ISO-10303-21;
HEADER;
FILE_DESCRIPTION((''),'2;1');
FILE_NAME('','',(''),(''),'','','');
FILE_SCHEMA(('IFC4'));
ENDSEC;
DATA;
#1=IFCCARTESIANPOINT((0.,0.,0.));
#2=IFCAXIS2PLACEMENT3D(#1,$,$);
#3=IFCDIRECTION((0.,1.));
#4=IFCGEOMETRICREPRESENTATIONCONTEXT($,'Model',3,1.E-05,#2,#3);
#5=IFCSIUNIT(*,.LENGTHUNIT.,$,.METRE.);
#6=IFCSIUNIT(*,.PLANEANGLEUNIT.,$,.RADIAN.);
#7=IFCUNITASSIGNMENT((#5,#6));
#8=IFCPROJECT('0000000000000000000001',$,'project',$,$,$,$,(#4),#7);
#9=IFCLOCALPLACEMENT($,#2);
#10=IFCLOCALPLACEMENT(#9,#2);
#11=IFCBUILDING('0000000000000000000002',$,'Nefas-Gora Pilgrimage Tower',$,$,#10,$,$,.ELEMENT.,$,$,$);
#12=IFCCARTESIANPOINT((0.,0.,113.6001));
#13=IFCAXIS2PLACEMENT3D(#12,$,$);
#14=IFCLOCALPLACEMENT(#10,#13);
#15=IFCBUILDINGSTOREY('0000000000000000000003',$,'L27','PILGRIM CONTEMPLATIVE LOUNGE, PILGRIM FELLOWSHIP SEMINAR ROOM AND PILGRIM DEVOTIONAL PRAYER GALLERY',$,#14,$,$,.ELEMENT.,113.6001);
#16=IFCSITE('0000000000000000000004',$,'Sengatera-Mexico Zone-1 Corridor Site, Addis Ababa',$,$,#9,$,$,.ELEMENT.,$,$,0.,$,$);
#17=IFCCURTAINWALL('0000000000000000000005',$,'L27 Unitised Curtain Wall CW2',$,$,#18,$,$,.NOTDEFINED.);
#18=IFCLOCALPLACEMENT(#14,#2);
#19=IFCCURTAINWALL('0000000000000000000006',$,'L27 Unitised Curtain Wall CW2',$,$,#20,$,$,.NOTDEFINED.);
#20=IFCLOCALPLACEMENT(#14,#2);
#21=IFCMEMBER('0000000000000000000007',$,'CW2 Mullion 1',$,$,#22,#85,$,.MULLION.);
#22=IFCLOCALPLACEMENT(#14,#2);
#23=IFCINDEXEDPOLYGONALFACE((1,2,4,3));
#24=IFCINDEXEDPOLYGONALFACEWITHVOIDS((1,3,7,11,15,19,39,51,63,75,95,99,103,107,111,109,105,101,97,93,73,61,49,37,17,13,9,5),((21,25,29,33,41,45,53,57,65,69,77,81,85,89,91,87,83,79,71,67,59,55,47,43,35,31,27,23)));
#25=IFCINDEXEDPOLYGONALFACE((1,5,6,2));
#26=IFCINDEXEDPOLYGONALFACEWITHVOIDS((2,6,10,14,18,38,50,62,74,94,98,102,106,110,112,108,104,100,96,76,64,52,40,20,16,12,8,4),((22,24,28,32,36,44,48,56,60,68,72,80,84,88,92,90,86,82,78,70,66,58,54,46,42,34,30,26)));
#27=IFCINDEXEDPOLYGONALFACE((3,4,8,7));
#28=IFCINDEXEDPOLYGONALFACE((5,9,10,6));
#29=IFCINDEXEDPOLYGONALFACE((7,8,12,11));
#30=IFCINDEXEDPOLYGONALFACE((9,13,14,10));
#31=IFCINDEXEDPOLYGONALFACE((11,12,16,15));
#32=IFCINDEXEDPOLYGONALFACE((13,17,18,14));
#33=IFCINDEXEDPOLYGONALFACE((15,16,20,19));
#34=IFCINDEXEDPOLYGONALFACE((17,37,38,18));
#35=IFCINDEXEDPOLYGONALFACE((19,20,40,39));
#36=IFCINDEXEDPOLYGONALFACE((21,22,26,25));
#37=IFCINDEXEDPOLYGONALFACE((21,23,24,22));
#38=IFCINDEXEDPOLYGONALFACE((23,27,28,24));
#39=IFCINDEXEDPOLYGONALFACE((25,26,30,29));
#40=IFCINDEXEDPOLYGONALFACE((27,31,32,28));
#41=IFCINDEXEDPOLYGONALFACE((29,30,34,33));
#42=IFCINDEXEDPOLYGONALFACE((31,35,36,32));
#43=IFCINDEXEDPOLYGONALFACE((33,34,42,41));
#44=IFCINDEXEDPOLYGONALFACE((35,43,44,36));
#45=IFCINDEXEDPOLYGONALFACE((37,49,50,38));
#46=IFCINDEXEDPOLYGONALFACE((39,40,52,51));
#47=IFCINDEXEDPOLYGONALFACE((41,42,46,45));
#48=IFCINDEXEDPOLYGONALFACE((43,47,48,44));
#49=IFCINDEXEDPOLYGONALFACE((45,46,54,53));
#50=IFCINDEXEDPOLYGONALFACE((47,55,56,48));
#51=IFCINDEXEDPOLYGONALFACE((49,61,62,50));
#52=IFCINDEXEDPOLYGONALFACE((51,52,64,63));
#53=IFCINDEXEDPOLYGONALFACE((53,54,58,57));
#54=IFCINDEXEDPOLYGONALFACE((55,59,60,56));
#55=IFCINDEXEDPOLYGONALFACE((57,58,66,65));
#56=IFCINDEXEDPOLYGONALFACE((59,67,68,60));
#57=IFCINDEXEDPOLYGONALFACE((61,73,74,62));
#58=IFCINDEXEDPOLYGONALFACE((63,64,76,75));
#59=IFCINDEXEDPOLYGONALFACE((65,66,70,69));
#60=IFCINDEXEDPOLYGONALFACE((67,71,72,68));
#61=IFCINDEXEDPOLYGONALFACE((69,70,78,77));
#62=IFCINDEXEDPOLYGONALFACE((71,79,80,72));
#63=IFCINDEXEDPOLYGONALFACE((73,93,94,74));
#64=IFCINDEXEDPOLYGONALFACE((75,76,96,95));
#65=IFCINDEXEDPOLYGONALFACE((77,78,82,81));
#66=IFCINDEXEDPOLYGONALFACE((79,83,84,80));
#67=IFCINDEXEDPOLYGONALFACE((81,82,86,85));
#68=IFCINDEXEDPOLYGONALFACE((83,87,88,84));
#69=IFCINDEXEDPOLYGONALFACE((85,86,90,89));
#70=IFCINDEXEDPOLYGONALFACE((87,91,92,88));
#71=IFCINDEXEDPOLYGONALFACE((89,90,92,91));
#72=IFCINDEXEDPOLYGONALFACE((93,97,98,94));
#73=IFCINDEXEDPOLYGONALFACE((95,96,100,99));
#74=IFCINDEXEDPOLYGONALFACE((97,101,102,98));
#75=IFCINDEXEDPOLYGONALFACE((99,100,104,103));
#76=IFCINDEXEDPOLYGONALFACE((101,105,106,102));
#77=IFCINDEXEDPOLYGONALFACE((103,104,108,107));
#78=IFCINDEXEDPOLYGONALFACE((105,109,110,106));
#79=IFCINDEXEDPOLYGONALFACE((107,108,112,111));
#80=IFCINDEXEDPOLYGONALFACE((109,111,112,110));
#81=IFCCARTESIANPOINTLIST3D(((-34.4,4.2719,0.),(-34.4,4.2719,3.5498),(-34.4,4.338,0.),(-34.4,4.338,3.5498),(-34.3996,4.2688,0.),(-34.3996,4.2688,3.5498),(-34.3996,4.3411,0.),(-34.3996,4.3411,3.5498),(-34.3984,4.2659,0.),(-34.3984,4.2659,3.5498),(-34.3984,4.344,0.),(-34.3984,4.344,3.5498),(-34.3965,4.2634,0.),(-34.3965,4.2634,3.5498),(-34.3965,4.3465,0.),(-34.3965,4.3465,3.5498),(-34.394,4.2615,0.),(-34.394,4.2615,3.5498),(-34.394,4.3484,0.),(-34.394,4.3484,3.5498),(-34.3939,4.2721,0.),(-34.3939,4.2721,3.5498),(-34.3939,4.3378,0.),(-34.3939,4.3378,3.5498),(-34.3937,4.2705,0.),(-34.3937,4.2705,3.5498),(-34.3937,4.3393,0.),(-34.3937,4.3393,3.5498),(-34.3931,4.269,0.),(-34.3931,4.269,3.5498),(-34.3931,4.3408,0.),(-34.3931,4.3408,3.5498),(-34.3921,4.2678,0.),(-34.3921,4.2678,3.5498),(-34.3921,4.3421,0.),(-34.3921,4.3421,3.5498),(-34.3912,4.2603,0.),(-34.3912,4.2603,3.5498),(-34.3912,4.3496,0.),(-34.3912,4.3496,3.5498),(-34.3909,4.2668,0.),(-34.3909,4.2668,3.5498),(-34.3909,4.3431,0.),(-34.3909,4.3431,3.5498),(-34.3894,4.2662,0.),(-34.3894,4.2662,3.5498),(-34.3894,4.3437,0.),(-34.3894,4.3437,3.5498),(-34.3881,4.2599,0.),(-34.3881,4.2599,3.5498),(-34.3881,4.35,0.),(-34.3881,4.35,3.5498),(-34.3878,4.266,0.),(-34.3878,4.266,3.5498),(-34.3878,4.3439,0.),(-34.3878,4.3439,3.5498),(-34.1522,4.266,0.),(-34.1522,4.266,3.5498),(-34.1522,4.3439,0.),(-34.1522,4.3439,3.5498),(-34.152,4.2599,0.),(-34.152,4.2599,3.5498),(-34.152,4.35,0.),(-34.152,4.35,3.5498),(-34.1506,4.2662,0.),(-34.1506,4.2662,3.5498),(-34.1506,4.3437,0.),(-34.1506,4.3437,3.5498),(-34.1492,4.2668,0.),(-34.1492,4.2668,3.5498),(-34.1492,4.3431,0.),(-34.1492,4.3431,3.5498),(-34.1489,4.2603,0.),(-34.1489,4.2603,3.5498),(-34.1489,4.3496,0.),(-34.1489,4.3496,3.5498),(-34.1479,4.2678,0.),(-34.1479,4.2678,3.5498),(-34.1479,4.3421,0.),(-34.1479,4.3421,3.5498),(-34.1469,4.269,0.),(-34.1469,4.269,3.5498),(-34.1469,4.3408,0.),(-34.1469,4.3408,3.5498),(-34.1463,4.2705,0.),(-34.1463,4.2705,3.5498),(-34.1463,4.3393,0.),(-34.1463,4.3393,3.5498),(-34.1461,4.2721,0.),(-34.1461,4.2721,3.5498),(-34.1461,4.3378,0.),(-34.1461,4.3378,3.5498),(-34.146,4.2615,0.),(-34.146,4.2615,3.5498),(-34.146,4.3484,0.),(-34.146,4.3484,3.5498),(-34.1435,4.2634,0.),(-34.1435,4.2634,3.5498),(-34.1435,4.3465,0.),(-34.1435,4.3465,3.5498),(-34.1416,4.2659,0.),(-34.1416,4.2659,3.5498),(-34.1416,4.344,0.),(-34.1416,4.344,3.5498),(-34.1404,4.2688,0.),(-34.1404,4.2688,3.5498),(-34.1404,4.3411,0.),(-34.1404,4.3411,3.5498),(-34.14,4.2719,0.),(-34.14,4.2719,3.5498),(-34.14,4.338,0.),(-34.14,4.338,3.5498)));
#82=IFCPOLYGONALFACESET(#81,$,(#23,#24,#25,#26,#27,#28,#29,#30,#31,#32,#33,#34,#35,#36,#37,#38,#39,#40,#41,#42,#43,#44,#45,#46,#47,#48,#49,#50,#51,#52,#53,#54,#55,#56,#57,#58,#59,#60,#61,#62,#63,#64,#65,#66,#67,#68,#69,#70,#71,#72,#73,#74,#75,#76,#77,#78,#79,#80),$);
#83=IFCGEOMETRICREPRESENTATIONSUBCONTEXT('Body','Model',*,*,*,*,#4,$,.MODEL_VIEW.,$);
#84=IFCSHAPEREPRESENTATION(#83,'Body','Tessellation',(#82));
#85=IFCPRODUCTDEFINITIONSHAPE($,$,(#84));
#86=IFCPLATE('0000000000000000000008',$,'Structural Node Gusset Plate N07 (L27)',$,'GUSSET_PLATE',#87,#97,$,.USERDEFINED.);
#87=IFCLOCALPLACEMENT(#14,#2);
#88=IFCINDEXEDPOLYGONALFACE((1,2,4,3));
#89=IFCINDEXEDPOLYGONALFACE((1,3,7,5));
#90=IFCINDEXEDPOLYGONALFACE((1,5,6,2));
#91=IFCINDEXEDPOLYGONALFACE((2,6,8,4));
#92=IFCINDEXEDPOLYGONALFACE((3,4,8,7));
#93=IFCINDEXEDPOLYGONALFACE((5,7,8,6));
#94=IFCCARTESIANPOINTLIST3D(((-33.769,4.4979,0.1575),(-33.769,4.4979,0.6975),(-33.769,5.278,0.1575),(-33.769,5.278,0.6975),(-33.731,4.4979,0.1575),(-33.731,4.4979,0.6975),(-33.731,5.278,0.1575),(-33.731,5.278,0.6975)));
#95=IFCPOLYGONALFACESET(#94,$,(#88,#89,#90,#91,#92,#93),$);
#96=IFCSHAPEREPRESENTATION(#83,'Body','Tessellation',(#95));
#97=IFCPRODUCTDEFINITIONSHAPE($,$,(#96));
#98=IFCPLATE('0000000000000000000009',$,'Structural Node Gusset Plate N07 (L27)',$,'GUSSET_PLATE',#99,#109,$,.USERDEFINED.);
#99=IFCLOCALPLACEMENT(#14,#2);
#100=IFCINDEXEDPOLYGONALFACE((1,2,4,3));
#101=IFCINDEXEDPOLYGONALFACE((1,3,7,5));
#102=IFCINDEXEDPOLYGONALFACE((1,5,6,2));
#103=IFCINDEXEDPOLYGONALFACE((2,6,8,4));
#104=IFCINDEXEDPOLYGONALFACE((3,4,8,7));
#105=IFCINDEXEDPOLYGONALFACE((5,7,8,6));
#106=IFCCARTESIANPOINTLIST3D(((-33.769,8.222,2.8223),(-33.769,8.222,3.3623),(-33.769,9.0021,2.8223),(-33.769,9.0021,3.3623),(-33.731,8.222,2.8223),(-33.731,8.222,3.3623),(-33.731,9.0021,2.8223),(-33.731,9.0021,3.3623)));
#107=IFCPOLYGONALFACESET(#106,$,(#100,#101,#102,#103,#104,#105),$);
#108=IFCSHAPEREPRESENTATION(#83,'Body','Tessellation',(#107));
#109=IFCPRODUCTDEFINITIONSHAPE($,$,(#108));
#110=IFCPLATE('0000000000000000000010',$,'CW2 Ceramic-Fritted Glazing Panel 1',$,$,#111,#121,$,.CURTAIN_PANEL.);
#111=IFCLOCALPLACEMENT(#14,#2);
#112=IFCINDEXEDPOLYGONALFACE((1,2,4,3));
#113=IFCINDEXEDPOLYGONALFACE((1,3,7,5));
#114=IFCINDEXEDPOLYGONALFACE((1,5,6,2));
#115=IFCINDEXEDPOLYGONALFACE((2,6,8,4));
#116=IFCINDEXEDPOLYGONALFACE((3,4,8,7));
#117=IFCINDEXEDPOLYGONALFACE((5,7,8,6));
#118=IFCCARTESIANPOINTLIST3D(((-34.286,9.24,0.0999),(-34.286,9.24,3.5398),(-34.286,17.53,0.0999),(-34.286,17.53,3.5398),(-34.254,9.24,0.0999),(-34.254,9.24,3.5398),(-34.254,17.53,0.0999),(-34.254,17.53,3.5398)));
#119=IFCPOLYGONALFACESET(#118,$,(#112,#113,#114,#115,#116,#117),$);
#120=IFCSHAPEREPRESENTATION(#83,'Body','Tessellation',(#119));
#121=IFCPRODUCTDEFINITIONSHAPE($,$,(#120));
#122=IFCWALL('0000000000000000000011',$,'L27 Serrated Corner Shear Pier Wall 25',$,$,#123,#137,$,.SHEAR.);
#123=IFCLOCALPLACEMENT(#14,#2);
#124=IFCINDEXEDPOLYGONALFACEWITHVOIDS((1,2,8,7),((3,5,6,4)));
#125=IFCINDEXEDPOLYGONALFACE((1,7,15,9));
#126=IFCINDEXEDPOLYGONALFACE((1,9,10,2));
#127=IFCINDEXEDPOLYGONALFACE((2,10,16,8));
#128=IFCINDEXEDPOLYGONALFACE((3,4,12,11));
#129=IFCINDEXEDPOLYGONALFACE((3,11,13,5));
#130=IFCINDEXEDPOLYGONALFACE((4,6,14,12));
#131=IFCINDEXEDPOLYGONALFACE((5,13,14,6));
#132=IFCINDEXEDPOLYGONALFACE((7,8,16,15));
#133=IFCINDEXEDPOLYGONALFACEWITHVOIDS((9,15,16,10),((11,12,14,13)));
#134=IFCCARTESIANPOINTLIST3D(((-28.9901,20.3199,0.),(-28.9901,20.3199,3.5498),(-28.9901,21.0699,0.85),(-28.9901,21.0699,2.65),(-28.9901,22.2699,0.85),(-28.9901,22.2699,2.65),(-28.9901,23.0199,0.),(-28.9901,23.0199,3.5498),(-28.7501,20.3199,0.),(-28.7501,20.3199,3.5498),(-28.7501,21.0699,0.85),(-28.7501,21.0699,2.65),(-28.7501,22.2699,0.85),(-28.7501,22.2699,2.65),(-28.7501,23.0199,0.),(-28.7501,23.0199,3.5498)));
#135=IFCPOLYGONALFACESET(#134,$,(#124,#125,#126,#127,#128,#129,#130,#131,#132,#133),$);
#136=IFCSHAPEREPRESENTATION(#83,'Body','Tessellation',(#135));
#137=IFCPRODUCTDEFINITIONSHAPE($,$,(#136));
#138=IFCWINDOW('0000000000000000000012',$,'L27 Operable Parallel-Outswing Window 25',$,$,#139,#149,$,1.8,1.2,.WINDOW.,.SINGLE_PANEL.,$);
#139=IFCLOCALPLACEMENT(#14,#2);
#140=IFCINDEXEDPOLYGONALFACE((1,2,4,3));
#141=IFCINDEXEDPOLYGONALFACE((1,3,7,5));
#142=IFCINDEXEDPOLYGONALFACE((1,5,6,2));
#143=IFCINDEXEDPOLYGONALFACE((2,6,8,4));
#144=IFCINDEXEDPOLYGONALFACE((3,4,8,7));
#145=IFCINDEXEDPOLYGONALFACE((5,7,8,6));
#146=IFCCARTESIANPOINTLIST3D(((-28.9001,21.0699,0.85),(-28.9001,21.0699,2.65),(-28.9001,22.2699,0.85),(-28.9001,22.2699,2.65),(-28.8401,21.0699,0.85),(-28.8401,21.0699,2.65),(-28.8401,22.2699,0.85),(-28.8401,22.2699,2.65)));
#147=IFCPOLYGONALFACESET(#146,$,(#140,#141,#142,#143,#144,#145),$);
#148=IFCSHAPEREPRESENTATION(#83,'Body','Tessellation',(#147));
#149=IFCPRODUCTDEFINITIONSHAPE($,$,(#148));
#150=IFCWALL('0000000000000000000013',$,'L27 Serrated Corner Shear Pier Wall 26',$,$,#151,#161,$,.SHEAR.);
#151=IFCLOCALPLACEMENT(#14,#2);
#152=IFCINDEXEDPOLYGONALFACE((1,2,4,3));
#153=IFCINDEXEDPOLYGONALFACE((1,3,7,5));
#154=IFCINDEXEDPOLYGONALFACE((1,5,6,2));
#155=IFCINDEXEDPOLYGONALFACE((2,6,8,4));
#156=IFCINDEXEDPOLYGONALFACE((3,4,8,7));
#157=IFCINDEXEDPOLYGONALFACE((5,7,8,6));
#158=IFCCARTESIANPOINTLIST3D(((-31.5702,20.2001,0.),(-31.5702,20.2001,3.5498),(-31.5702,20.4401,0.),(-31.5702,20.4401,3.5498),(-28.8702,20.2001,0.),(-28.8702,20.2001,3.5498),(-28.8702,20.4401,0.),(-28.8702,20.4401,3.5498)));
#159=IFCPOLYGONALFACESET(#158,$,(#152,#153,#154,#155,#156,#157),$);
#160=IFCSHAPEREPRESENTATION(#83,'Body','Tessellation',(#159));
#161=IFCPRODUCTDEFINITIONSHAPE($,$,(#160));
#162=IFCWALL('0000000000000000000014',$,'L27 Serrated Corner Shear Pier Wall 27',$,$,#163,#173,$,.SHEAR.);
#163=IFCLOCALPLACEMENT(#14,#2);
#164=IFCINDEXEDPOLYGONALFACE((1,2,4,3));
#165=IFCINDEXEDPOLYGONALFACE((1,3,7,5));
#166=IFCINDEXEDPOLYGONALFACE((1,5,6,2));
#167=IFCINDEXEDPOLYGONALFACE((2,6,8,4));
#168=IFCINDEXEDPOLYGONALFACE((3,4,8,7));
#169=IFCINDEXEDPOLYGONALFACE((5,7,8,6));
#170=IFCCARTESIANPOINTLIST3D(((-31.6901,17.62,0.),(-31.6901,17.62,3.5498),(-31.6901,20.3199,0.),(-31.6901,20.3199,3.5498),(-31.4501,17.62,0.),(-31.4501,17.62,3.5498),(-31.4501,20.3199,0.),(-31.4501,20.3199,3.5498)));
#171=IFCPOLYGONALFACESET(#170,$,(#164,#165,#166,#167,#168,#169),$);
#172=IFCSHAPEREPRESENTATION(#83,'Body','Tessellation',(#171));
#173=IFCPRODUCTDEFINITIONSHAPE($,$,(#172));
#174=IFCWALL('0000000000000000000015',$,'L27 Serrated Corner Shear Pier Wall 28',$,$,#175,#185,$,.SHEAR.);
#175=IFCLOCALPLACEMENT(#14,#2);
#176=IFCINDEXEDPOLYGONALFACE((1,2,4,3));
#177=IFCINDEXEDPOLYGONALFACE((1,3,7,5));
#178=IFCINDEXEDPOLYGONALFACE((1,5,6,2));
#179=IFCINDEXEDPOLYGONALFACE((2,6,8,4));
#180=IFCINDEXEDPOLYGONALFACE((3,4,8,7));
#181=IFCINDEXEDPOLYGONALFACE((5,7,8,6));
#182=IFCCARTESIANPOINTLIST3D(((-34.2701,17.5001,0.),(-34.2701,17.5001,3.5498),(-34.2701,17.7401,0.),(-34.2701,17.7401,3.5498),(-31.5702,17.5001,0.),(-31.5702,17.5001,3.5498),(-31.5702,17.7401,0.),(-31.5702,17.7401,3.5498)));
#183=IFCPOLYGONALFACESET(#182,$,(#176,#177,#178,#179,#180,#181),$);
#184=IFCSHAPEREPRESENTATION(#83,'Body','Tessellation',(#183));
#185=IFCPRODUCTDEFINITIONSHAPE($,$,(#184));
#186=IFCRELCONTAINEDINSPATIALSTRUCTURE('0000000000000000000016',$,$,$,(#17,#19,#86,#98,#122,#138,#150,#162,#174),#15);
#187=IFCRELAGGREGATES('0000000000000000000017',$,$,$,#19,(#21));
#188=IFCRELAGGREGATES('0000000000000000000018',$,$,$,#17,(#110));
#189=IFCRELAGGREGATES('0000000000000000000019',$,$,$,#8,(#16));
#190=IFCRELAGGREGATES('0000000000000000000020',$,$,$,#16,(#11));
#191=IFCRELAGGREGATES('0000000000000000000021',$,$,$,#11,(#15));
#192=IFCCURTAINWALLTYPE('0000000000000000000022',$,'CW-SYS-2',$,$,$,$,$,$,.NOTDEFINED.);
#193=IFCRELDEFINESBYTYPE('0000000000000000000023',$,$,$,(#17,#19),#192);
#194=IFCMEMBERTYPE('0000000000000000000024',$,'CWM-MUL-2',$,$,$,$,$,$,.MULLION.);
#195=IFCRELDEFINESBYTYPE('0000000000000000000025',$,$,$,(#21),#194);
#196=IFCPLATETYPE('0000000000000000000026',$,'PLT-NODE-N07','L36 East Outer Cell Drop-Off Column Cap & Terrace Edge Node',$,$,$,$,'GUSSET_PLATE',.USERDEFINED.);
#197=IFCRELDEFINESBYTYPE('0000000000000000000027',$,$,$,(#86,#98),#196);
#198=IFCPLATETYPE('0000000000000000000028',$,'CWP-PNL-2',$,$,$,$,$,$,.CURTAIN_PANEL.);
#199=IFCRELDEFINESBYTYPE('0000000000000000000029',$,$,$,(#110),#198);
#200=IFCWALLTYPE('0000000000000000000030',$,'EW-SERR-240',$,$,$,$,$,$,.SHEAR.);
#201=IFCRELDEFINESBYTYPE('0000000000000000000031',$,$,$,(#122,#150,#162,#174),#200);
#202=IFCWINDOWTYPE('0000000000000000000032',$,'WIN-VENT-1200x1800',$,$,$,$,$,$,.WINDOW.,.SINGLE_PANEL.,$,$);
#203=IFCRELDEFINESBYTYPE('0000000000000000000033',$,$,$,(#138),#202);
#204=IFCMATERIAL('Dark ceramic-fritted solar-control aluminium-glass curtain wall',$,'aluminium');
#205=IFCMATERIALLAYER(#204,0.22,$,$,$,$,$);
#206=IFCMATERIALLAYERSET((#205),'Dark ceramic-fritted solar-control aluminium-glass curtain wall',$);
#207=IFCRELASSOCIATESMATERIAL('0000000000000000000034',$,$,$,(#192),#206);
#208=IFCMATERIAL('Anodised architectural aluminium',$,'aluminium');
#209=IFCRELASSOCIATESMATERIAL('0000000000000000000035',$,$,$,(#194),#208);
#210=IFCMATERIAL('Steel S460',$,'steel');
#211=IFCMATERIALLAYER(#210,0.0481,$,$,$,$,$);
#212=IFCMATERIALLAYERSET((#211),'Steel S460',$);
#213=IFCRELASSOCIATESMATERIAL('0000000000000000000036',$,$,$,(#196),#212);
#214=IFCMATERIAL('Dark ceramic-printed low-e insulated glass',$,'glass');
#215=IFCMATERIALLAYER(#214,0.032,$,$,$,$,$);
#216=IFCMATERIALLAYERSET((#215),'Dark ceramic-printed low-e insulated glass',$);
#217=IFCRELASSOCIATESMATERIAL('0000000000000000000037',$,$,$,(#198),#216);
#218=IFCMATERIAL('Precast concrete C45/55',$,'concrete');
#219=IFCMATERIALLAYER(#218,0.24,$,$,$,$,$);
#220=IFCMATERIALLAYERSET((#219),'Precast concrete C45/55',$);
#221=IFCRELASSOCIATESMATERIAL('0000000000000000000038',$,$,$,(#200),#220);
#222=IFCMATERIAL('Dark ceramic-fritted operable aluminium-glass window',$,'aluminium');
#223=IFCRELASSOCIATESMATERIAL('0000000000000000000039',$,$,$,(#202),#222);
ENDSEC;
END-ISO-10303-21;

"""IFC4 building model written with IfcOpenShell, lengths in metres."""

from ifc_helpers import new_model, si_unit, direction, frame, frame_2d, origin, origin_2d, place, context, subcontext, project, spatial, rectangle, hollow_rectangle, extrude, source, transform, mapped, material, layer, layer_set, material_profile, profile_set, type_object, element, fill, aggregate, save


model = new_model("IFC4")

# Units and contexts
model_context = context("Model", 3, precision=1e-05, world=origin(), true_north=direction((0.0, 1.0)))
body_context = subcontext(model_context, "Body", "Model", "MODEL_VIEW")
ifc_project = project(units=[si_unit("LENGTHUNIT", "METRE"), si_unit("PLANEANGLEUNIT", "RADIAN")], contexts=[model_context])

# Site, building, storey
site_placement = place(None, origin())
site = spatial("IfcSite", under=ifc_project, at=site_placement, Name="Sengatera-Mexico Zone-1 Corridor Site, Addis Ababa", CompositionType="ELEMENT", RefElevation=0.0)
building_placement = place(site_placement, origin())
building = spatial("IfcBuilding", under=site, at=building_placement, Name="Nefas-Gora Pilgrimage Tower", CompositionType="ELEMENT")
storey_placement = place(building_placement, frame((0.0, 0.0, 113.6001)))
storey = spatial("IfcBuildingStorey", under=building, at=storey_placement, Name="L27", Description="PILGRIM CONTEMPLATIVE LOUNGE, PILGRIM FELLOWSHIP SEMINAR ROOM AND PILGRIM DEVOTIONAL PRAYER GALLERY", CompositionType="ELEMENT", Elevation=113.6001)

# Shared definitions
ifc_material_1 = material(Name="Steel S460", Category="steel")

# Curtain walls
ifc_material_2 = material(Name="Dark ceramic-fritted solar-control aluminium-glass curtain wall", Category="aluminium")
ifc_layer_1 = layer(ifc_material_2, 0.22)
ifc_layer_set_1 = layer_set([ifc_layer_1], Name="Dark ceramic-fritted solar-control aluminium-glass curtain wall")
curtain_wall_type = type_object("IfcCurtainWallType", Name="CW-SYS-2", PredefinedType="NOTDEFINED", material=ifc_layer_set_1)
curtain_wall_1_placement = place(storey_placement, origin())
curtain_wall_1 = element("IfcCurtainWall", 1, at=curtain_wall_1_placement, inside=storey, type_object=curtain_wall_type, Name="L27 Unitised Curtain Wall CW2", PredefinedType="NOTDEFINED")
ifc_material_3 = material(Name="Anodised architectural aluminium", Category="aluminium")
curtain_wall_2_placement = place(storey_placement, origin())
curtain_wall_2 = element("IfcCurtainWall", 2, at=curtain_wall_2_placement, inside=storey, type_object=curtain_wall_type, Name="L27 Unitised Curtain Wall CW2", PredefinedType="NOTDEFINED")
ifc_material_profile_1 = material_profile(ifc_material_3, hollow_rectangle(XDim=0.0901, YDim=0.26, WallThickness=0.0061, InnerFilletRadius=0.0061, OuterFilletRadius=0.012, at=origin_2d()), Name="ALU MULLION 90x260")
ifc_profile_set_1 = profile_set([ifc_material_profile_1], Name="Anodised architectural aluminium")
member_type_1 = type_object("IfcMemberType", Name="CWM-MUL-2", PredefinedType="MULLION", material=ifc_profile_set_1)
shared_shape_1 = source(origin(), body_context, "Body", "SweptSolid", [
    extrude(hollow_rectangle(XDim=0.0901, YDim=0.26, WallThickness=0.0061, InnerFilletRadius=0.0061, OuterFilletRadius=0.012, at=origin_2d()), origin(), (0.0, 0.0, 1.0), 3.5498),
])

# Member
member_1_placement = place(storey_placement, frame((-34.27, 4.3049, 0.0), z_axis=(0.0, 0.0, 1.0), x_axis=(0.0, -1.0, 0.0)))
member_1 = element("IfcMember", 3, at=member_1_placement, type_object=member_type_1, Name="CW2 Mullion 1", PredefinedType="MULLION", context=body_context, shape_type="MappedRepresentation", body=[
    mapped(shared_shape_1, transform((0.0, 0.0, 0.0), x_axis=(1.0, 0.0, 0.0), y_axis=(0.0, 1.0, 0.0), z_axis=(0.0, 0.0, 1.0), scale=1.0)),
])
aggregate(curtain_wall_2, [member_1])

# Plates
ifc_layer_2 = layer(ifc_material_1, 0.0481)
ifc_layer_set_2 = layer_set([ifc_layer_2], Name="Steel S460")
plate_type_1 = type_object("IfcPlateType", Name="PLT-NODE-N07", Description="L36 East Outer Cell Drop-Off Column Cap & Terrace Edge Node", ElementType="GUSSET_PLATE", PredefinedType="USERDEFINED", material=ifc_layer_set_2)
shared_shape_2 = source(origin(), body_context, "Body", "SweptSolid", [
    extrude(rectangle(XDim=0.78, YDim=0.0381, at=origin_2d()), origin(), (0.0, 0.0, 1.0), 0.54),
])
for number, where, z_axis, x_axis, name in (
    (4, (-33.75, 4.8879, 0.1575), (0.0, 0.0, 1.0), (0.0, 1.0, 0.0), "Structural Node Gusset Plate N07 (L27)"),
    (5, (-33.75, 8.6121, 2.8223), (0.0, 0.0, 1.0), (0.0, 1.0, 0.0), "Structural Node Gusset Plate N07 (L27)"),
):
    element("IfcPlate", number, at=place(storey_placement, frame(where, z_axis=z_axis, x_axis=x_axis)), inside=storey, type_object=plate_type_1, Name=name, ObjectType="GUSSET_PLATE", PredefinedType="USERDEFINED", context=body_context, shape_type="MappedRepresentation", body=[
        mapped(shared_shape_2, transform((0.0, 0.0, 0.0), x_axis=(1.0, 0.0, 0.0), y_axis=(0.0, 1.0, 0.0), z_axis=(0.0, 0.0, 1.0), scale=1.0)),
    ])

# Plate
ifc_material_4 = material(Name="Dark ceramic-printed low-e insulated glass", Category="glass")
ifc_layer_3 = layer(ifc_material_4, 0.032)
ifc_layer_set_3 = layer_set([ifc_layer_3], Name="Dark ceramic-printed low-e insulated glass")
plate_type_2 = type_object("IfcPlateType", Name="CWP-PNL-2", PredefinedType="CURTAIN_PANEL", material=ifc_layer_set_3)
shared_shape_3 = source(origin(), body_context, "Body", "SweptSolid", [
    extrude(rectangle(XDim=8.29, YDim=0.032, at=origin_2d()), origin(), (0.0, 0.0, 1.0), 3.4399),
])
plate_placement = place(storey_placement, frame((-34.27, 13.385, 0.0999), z_axis=(0.0, 0.0, 1.0), x_axis=(0.0, -1.0, 0.0)))
plate = element("IfcPlate", 6, at=plate_placement, type_object=plate_type_2, Name="CW2 Ceramic-Fritted Glazing Panel 1", PredefinedType="CURTAIN_PANEL", context=body_context, shape_type="MappedRepresentation", body=[
    mapped(shared_shape_3, transform((0.0, 0.0, 0.0), x_axis=(1.0, 0.0, 0.0), y_axis=(0.0, 1.0, 0.0), z_axis=(0.0, 0.0, 1.0), scale=1.0)),
])
aggregate(curtain_wall_1, [plate])

# Wall, opening, window
ifc_material_5 = material(Name="Precast concrete C45/55", Category="concrete")
ifc_layer_4 = layer(ifc_material_5, 0.24)
ifc_layer_set_4 = layer_set([ifc_layer_4], Name="Precast concrete C45/55")
wall_type_1 = type_object("IfcWallType", Name="EW-SERR-240", PredefinedType="SHEAR", material=ifc_layer_set_4)
shared_shape_4 = source(origin(), body_context, "Body", "SweptSolid", [
    extrude(rectangle(XDim=2.7, YDim=0.24, at=frame_2d((1.3501, 0.0))), origin(), (0.0, 0.0, 1.0), 3.5498),
])
wall_1_placement = place(storey_placement, frame((-28.8701, 23.02, 0.0), z_axis=(0.0, 0.0, 1.0), x_axis=(0.0, -1.0, 0.0)))
wall_1 = element("IfcWall", 7, at=wall_1_placement, inside=storey, type_object=wall_type_1, Name="L27 Serrated Corner Shear Pier Wall 25", PredefinedType="SHEAR", context=body_context, shape_type="MappedRepresentation", body=[
    mapped(shared_shape_4, transform((0.0, 0.0, 0.0), x_axis=(1.0, 0.0, 0.0), y_axis=(0.0, 1.0, 0.0), z_axis=(0.0, 0.0, 1.0), scale=1.0)),
])
opening_placement = place(wall_1_placement, frame((0.75, 0.0, 0.8501)))
opening = element("IfcOpeningElement", 8, at=opening_placement, cuts=wall_1, PredefinedType="OPENING", context=body_context, shape_type="SweptSolid", body=[
    extrude(rectangle(XDim=1.2, YDim=1.8, at=frame_2d((0.6001, 0.8999))), frame((0.0, 0.1299, 0.0), z_axis=(0.0, -1.0, 0.0), x_axis=(1.0, 0.0, 0.0)), (0.0, 0.0, 1.0), 0.26),
])
ifc_material_6 = material(Name="Dark ceramic-fritted operable aluminium-glass window", Category="aluminium")
window_type = type_object("IfcWindowType", Name="WIN-VENT-1200x1800", PartitioningType="SINGLE_PANEL", PredefinedType="WINDOW", material=ifc_material_6)
shared_shape_5 = source(origin(), body_context, "Body", "SweptSolid", [
    extrude(rectangle(XDim=1.2, YDim=1.8, at=frame_2d((0.6001, 0.8999))), frame((0.0, 0.03, 0.0), z_axis=(0.0, -1.0, 0.0), x_axis=(1.0, 0.0, 0.0)), (0.0, 0.0, 1.0), 0.0601),
])
window_placement = place(opening_placement, origin())
window = element("IfcWindow", 9, at=window_placement, inside=storey, type_object=window_type, Name="L27 Operable Parallel-Outswing Window 25", OverallHeight=1.8, OverallWidth=1.2, PartitioningType="SINGLE_PANEL", PredefinedType="WINDOW", context=body_context, shape_type="MappedRepresentation", body=[
    mapped(shared_shape_5, transform((0.0, 0.0, 0.0), x_axis=(1.0, 0.0, 0.0), y_axis=(0.0, 1.0, 0.0), z_axis=(0.0, 0.0, 1.0), scale=1.0)),
])
fill(opening, window)

# Walls
for number, where, z_axis, x_axis, name in (
    (10, (-28.8701, 20.3201, 0.0), (0.0, 0.0, 1.0), (-1.0, 0.0, 0.0), "L27 Serrated Corner Shear Pier Wall 26"),
    (11, (-31.5701, 20.3201, 0.0), (0.0, 0.0, 1.0), (0.0, -1.0, 0.0), "L27 Serrated Corner Shear Pier Wall 27"),
    (12, (-31.5701, 17.6201, 0.0), (0.0, 0.0, 1.0), (-1.0, 0.0, 0.0), "L27 Serrated Corner Shear Pier Wall 28"),
):
    element("IfcWall", number, at=place(storey_placement, frame(where, z_axis=z_axis, x_axis=x_axis)), inside=storey, type_object=wall_type_1, Name=name, PredefinedType="SHEAR", context=body_context, shape_type="MappedRepresentation", body=[
        mapped(shared_shape_4, transform((0.0, 0.0, 0.0), x_axis=(1.0, 0.0, 0.0), y_axis=(0.0, 1.0, 0.0), z_axis=(0.0, 0.0, 1.0), scale=1.0)),
    ])

save(model, "model.ifc")
